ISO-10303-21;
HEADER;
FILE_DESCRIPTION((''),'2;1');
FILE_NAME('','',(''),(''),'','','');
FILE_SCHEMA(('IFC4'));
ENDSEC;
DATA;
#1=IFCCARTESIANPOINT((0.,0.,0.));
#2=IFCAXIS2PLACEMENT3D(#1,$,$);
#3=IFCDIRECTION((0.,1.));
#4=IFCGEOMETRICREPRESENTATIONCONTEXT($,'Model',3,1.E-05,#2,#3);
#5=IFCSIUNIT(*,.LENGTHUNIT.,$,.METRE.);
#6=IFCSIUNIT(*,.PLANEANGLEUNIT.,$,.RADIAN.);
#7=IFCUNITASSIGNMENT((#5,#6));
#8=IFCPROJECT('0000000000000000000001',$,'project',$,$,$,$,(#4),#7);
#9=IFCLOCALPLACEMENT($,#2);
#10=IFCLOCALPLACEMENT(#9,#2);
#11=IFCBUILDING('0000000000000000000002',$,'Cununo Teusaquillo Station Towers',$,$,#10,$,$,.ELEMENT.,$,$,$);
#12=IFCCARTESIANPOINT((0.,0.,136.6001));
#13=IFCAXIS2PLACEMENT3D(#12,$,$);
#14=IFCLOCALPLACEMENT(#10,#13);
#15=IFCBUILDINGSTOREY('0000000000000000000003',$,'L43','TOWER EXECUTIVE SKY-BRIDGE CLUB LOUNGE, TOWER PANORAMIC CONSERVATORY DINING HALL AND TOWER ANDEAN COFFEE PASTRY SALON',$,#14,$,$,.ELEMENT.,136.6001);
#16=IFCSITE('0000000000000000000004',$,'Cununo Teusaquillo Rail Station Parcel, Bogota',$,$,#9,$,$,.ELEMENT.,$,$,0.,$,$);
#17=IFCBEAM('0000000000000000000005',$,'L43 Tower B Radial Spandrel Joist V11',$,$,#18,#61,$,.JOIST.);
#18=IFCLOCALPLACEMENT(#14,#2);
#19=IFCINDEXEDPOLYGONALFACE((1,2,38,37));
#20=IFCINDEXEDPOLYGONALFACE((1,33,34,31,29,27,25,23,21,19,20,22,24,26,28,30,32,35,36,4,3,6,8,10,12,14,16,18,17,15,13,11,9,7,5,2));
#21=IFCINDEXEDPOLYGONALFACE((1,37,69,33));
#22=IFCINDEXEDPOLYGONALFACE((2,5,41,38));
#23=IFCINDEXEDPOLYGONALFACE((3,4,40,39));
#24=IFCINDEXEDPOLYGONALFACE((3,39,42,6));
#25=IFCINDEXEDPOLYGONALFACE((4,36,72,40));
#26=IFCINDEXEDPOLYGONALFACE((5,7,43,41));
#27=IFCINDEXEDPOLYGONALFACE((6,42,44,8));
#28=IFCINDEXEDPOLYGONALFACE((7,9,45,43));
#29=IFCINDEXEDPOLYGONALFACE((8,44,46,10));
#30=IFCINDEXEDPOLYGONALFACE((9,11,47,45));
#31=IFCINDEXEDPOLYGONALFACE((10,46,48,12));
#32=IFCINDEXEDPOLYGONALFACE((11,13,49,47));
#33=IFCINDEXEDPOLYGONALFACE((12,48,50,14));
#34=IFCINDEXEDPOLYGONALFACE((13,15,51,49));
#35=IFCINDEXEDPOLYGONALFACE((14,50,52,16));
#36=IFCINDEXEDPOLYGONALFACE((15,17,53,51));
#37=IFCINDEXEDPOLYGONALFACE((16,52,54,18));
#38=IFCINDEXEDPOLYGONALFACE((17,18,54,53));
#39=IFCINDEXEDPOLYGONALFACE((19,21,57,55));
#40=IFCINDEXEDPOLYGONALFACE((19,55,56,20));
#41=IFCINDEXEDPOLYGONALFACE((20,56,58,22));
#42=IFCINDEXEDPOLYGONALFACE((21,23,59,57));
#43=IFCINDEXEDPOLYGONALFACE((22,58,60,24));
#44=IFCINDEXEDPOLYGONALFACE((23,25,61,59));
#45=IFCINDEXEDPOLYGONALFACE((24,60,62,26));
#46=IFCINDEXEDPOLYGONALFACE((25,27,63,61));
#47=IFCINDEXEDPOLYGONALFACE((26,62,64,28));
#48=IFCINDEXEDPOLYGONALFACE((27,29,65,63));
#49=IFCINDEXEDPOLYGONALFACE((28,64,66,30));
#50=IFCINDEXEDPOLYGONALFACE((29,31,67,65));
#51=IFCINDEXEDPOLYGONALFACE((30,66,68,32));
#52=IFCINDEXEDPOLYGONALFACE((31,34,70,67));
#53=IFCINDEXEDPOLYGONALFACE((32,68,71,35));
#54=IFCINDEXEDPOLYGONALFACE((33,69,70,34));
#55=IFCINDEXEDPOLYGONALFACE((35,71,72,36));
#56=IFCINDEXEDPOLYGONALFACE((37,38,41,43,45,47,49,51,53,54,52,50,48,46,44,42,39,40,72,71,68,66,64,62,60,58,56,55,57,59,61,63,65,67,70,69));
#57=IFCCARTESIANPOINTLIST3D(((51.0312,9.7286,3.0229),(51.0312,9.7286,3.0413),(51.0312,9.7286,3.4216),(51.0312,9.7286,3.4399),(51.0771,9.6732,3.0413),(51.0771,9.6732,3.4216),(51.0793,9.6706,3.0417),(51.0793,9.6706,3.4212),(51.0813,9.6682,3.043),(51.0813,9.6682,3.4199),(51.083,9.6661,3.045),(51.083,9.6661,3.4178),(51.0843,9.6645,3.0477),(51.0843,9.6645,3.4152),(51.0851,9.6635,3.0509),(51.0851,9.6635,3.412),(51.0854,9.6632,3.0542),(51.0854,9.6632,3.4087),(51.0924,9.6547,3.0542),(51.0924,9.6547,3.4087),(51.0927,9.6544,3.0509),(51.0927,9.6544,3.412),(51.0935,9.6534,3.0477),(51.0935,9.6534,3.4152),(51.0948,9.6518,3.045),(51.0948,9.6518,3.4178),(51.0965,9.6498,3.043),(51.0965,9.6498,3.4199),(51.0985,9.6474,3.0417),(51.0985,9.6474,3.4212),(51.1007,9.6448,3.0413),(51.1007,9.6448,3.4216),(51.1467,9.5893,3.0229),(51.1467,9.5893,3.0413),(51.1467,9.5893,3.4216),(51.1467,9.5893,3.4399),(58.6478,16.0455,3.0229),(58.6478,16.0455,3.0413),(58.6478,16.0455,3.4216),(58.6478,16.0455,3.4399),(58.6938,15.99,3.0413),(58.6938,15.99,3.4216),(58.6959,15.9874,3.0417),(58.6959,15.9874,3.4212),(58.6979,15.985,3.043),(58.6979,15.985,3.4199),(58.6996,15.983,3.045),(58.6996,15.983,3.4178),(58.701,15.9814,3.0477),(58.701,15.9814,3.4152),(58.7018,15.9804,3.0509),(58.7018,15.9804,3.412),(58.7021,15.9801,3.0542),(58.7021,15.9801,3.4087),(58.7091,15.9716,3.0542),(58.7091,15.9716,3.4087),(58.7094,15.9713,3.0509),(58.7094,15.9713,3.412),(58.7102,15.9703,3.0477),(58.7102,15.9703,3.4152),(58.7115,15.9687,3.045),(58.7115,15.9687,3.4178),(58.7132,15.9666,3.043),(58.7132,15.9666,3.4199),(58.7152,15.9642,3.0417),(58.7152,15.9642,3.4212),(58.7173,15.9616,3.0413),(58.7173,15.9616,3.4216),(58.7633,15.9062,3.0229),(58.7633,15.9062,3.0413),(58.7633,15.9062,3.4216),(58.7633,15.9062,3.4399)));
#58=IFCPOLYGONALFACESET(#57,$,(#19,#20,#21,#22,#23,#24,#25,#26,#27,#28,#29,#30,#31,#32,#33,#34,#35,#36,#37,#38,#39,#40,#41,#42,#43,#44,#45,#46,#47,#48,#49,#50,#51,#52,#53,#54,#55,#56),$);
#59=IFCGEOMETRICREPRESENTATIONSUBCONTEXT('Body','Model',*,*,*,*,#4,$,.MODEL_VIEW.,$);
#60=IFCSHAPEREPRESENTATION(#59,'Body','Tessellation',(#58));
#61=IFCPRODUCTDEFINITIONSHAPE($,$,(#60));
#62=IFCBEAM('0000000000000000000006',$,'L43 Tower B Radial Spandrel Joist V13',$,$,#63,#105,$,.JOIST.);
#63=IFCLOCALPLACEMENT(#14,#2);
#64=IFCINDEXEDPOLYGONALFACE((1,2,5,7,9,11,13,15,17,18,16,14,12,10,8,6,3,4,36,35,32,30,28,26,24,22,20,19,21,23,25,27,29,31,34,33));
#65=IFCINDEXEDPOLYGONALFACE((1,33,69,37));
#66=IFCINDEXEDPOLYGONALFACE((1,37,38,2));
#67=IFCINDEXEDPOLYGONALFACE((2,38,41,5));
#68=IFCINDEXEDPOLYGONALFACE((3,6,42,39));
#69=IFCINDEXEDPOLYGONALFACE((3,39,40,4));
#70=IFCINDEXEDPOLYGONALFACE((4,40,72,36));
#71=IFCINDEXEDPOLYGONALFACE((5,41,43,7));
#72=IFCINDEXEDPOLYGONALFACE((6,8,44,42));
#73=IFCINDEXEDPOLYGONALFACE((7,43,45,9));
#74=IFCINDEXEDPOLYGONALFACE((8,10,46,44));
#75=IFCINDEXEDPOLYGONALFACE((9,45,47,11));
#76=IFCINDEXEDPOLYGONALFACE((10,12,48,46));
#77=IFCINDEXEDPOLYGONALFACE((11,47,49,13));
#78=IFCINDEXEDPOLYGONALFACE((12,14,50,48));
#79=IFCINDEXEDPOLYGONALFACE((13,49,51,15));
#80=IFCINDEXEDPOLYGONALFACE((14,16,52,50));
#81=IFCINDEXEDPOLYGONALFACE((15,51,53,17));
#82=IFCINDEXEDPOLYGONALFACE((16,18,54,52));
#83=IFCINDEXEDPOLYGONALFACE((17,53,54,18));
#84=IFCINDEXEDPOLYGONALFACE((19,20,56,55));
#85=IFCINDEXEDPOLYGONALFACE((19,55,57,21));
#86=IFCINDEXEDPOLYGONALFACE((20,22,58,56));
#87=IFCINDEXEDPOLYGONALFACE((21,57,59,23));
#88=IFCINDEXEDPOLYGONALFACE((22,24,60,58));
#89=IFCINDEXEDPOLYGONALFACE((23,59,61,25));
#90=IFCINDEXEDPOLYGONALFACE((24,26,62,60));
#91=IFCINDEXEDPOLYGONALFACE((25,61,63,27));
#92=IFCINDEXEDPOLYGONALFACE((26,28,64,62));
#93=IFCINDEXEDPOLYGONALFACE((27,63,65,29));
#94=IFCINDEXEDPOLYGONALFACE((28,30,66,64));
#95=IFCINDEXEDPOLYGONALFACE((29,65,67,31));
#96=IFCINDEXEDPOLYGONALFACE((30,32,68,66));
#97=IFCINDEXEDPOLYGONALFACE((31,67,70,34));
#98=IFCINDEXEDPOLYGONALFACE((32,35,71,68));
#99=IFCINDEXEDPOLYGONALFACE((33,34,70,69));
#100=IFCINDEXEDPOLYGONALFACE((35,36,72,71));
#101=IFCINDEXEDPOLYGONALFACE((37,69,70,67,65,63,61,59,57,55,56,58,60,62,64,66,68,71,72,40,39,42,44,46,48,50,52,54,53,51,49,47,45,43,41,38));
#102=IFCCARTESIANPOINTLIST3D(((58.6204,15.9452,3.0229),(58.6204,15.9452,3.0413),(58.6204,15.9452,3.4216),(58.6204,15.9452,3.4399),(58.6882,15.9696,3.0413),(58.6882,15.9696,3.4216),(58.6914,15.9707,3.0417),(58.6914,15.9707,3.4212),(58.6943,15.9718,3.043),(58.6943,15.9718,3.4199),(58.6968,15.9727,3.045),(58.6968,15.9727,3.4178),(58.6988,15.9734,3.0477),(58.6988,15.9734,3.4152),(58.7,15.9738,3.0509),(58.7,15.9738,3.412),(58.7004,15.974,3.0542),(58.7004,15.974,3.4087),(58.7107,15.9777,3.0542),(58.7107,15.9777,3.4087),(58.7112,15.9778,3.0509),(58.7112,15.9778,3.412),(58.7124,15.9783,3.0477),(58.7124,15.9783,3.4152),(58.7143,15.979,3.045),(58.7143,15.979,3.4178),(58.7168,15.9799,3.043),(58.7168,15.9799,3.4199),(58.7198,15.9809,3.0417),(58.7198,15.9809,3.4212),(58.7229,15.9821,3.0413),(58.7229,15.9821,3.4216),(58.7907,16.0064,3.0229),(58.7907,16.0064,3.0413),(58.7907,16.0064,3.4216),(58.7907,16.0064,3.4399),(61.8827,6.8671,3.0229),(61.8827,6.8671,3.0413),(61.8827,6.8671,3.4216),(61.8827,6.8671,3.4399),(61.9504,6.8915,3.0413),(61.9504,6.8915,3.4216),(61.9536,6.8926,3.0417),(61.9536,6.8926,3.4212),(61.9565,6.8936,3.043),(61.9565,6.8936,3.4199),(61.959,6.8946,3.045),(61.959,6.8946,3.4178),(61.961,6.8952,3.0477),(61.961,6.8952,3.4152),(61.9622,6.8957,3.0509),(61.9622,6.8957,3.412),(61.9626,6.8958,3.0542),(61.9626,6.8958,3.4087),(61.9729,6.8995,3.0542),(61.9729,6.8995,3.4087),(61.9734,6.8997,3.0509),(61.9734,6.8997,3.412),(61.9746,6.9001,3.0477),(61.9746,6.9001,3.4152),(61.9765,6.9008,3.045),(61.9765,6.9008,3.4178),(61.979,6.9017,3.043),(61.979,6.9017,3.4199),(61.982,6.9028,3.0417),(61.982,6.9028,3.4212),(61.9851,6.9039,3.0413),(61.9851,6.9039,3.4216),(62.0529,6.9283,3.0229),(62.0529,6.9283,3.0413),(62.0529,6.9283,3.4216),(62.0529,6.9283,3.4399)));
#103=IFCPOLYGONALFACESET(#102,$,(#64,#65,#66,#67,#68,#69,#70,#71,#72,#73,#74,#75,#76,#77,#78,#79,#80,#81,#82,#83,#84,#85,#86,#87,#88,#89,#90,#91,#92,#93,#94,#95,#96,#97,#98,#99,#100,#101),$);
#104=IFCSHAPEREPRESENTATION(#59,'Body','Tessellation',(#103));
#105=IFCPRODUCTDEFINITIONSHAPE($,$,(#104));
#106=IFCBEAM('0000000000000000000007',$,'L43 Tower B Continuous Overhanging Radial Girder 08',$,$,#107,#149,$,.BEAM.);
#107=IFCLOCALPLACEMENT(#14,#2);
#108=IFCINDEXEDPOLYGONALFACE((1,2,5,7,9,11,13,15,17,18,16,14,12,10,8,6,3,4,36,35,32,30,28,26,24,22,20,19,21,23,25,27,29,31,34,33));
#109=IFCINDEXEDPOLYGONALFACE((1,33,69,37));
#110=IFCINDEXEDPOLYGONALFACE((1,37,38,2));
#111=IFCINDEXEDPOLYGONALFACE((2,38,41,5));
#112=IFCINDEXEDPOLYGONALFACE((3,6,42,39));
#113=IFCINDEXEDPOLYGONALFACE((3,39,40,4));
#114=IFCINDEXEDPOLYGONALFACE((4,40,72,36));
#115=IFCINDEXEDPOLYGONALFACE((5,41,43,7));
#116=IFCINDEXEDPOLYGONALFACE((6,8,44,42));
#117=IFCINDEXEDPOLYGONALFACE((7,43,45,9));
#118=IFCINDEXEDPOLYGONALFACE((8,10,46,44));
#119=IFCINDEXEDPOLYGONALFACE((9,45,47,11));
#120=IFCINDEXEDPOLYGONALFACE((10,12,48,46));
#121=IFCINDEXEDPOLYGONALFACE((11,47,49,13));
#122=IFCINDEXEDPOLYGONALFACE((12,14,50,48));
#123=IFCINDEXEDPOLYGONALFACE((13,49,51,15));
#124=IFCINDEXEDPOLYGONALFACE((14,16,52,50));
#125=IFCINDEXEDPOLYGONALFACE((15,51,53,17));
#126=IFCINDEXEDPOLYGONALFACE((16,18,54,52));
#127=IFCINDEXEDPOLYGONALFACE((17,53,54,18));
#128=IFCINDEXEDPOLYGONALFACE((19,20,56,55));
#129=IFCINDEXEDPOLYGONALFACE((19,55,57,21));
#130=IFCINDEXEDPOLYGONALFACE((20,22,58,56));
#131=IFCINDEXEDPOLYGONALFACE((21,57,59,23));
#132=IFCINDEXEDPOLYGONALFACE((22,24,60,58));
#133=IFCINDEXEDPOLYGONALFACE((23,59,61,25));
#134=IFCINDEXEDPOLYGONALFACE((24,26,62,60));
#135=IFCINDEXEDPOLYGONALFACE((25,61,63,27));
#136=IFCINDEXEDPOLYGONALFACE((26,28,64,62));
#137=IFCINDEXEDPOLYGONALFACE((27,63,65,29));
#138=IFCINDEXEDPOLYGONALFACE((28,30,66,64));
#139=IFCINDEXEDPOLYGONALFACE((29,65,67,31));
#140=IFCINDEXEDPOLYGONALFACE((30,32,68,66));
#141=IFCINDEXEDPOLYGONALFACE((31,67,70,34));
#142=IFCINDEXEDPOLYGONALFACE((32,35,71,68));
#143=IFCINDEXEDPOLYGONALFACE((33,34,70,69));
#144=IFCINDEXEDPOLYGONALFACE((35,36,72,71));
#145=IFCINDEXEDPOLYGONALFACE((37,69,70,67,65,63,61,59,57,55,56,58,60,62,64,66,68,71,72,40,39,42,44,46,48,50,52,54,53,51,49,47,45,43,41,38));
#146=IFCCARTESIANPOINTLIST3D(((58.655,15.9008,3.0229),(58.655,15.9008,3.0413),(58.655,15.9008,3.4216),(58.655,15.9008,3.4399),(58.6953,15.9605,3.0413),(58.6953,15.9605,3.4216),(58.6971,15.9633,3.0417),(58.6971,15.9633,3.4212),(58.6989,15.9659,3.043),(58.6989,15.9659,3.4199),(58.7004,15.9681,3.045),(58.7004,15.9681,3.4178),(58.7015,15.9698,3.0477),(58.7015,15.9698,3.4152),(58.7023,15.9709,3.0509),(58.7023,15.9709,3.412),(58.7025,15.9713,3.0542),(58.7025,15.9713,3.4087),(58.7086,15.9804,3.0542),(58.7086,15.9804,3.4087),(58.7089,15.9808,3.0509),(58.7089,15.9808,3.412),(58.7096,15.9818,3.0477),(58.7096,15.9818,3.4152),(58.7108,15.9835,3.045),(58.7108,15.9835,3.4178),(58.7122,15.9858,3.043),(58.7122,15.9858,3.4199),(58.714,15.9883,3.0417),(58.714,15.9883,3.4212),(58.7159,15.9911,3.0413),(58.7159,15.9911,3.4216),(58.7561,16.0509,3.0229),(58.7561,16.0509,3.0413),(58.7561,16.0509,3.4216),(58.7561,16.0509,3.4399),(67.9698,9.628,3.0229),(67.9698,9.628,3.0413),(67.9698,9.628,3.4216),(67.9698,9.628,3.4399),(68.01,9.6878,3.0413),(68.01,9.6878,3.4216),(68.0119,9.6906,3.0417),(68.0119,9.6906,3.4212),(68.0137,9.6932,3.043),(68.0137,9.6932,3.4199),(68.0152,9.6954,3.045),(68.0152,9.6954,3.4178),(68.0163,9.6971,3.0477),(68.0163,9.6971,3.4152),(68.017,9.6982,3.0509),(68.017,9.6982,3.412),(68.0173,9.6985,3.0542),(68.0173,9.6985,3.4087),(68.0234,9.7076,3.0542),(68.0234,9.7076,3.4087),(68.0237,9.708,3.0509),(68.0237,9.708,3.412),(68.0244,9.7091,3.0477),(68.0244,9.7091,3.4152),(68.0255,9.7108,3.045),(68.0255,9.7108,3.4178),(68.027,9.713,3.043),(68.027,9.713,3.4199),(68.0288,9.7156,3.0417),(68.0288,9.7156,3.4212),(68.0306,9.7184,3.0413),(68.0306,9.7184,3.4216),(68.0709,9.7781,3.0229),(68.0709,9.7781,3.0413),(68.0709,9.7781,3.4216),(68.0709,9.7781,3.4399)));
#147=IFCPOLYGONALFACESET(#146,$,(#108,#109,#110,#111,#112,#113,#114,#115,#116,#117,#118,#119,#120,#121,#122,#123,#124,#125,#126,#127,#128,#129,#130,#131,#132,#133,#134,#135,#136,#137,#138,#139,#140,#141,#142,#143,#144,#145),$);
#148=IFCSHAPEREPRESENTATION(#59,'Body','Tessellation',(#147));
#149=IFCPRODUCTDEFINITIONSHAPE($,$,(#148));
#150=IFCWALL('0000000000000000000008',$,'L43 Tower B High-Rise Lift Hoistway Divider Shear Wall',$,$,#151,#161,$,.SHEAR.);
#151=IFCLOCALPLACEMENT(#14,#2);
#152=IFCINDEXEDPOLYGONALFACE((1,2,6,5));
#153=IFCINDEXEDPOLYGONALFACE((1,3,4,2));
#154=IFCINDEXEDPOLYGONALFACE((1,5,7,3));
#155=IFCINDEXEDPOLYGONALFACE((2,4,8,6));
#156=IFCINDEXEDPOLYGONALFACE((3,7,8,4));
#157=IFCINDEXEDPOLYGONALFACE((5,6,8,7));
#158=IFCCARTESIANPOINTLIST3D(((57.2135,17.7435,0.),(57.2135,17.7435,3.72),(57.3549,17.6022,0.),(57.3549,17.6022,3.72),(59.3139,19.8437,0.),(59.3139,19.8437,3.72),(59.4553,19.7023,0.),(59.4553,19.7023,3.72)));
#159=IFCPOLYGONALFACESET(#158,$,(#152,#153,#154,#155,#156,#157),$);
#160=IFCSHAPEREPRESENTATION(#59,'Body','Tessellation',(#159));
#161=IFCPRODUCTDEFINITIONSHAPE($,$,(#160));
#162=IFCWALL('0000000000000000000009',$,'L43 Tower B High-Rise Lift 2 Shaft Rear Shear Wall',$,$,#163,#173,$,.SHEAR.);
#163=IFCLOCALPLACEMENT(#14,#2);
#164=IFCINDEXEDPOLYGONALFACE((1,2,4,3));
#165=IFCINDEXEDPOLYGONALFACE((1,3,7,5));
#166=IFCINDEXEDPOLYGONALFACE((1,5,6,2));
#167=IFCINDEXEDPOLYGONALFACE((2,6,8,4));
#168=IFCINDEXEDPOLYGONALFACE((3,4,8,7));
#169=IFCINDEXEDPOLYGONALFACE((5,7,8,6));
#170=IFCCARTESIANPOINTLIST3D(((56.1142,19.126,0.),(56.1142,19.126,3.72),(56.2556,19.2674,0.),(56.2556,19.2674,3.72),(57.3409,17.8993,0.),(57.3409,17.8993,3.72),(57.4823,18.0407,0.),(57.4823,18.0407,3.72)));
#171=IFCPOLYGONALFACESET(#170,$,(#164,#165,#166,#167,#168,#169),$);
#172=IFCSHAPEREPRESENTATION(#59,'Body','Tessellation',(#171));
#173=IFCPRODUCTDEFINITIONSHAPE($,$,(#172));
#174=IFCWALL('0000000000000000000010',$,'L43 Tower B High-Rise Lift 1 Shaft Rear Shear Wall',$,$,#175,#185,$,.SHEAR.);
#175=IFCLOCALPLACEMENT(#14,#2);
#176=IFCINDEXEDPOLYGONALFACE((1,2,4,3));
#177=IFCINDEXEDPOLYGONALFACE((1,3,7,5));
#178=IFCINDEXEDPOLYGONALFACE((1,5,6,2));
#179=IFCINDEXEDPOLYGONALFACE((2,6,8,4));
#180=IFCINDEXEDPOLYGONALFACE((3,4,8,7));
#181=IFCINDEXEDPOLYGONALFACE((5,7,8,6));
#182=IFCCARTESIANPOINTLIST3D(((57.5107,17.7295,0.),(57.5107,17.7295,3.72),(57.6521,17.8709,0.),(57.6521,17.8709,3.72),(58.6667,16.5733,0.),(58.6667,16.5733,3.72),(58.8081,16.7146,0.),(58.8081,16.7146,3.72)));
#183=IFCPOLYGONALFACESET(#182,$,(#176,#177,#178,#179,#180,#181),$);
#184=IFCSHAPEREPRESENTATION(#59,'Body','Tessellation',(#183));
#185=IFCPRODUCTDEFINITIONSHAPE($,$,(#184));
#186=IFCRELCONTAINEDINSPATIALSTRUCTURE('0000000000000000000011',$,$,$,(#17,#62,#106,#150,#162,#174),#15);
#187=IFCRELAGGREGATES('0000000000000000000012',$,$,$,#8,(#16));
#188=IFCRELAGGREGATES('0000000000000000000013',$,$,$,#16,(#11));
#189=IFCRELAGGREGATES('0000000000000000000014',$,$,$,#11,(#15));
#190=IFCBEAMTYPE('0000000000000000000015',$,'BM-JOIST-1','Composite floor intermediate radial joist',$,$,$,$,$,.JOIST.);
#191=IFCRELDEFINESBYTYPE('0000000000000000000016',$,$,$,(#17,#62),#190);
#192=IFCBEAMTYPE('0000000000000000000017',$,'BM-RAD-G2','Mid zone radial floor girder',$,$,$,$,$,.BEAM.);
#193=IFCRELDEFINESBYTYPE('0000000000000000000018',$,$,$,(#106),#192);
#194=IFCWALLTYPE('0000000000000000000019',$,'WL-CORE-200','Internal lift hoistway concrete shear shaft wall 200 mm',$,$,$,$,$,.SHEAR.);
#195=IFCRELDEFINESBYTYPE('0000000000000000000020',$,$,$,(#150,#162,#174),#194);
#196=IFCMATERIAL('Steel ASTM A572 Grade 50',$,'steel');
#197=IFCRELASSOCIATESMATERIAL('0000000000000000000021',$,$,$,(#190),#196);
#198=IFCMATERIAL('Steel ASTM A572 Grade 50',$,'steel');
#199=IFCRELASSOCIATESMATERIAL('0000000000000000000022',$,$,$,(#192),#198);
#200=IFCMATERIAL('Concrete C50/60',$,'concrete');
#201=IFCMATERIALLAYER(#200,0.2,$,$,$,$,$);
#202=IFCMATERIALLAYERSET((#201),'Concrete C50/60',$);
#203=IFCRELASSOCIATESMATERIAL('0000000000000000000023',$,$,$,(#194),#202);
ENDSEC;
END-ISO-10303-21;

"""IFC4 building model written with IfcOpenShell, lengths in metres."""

from ifc_helpers import new_model, si_unit, direction, frame, frame_2d, origin, origin_2d, place, context, subcontext, project, spatial, rectangle, i_section, extrude, material, layer, layer_set, material_profile, profile_set, type_object, element, save


model = new_model("IFC4")

# Units and contexts
model_context = context("Model", 3, precision=1e-05, world=origin(), true_north=direction((0.0, 1.0)))
body_context = subcontext(model_context, "Body", "Model", "MODEL_VIEW")
ifc_project = project(units=[si_unit("LENGTHUNIT", "METRE"), si_unit("PLANEANGLEUNIT", "RADIAN")], contexts=[model_context])

# Site, building, storey
site_placement = place(None, origin())
site = spatial("IfcSite", under=ifc_project, at=site_placement, Name="Cununo Teusaquillo Rail Station Parcel, Bogota", CompositionType="ELEMENT", RefElevation=0.0)
building_placement = place(site_placement, origin())
building = spatial("IfcBuilding", under=site, at=building_placement, Name="Cununo Teusaquillo Station Towers", CompositionType="ELEMENT")
storey_placement = place(building_placement, frame((0.0, 0.0, 136.6001)))
storey = spatial("IfcBuildingStorey", under=building, at=storey_placement, Name="L43", Description="TOWER EXECUTIVE SKY-BRIDGE CLUB LOUNGE, TOWER PANORAMIC CONSERVATORY DINING HALL AND TOWER ANDEAN COFFEE PASTRY SALON", CompositionType="ELEMENT", Elevation=136.6001)

# Beams
ifc_material_1 = material(Name="Steel ASTM A572 Grade 50", Category="steel")
ifc_material_profile_1 = material_profile(ifc_material_1, i_section(OverallWidth=0.1809, OverallDepth=0.417, WebThickness=0.011, FlangeThickness=0.0183, FilletRadius=0.0129, at=origin_2d()), Name="W16X57")
ifc_profile_set_1 = profile_set([ifc_material_profile_1], Name="Steel ASTM A572 Grade 50")
beam_type_1 = type_object("IfcBeamType", Name="BM-JOIST-1", Description="Composite floor intermediate radial joist", PredefinedType="JOIST", material=ifc_profile_set_1)
beam_1_placement = place(storey_placement, frame((58.7056, 15.9758, 3.2314), z_axis=(-0.769728, -0.638372, 0.0), x_axis=(0.638372, -0.769728, 0.0)))
element("IfcBeam", 1, at=beam_1_placement, inside=storey, type_object=beam_type_1, Name="L43 Tower B Radial Spandrel Joist V11", PredefinedType="JOIST", context=body_context, shape_type="SweptSolid", body=[
    extrude(i_section(OverallWidth=0.1809, OverallDepth=0.417, WebThickness=0.011, FlangeThickness=0.0183, FilletRadius=0.0129, at=origin_2d()), origin(), (0.0, 0.0, 1.0), 9.8953),
])
beam_2_placement = place(storey_placement, frame((58.7056, 15.9758, 3.2314), z_axis=(0.338176, -0.941083, 0.0), x_axis=(0.941083, 0.338176, 0.0)))
element("IfcBeam", 2, at=beam_2_placement, inside=storey, type_object=beam_type_1, Name="L43 Tower B Radial Spandrel Joist V13", PredefinedType="JOIST", context=body_context, shape_type="SweptSolid", body=[
    extrude(i_section(OverallWidth=0.1809, OverallDepth=0.417, WebThickness=0.011, FlangeThickness=0.0183, FilletRadius=0.0129, at=origin_2d()), origin(), (0.0, 0.0, 1.0), 9.6465),
])
ifc_material_2 = material(Name="Steel ASTM A572 Grade 50", Category="steel")
ifc_material_profile_2 = material_profile(ifc_material_2, i_section(OverallWidth=0.1809, OverallDepth=0.417, WebThickness=0.011, FlangeThickness=0.0183, FilletRadius=0.0129, at=origin_2d()), Name="W16X57")
ifc_profile_set_2 = profile_set([ifc_material_profile_2], Name="Steel ASTM A572 Grade 50")
beam_type_2 = type_object("IfcBeamType", Name="BM-RAD-G2", Description="Mid zone radial floor girder", PredefinedType="BEAM", material=ifc_profile_set_2)
beam_3_placement = place(storey_placement, frame((58.7056, 15.9758, 3.2314), z_axis=(0.829456, -0.558572, 0.0), x_axis=(0.558572, 0.829456, 0.0)))
element("IfcBeam", 3, at=beam_3_placement, inside=storey, type_object=beam_type_2, Name="L43 Tower B Continuous Overhanging Radial Girder 08", PredefinedType="BEAM", context=body_context, shape_type="SweptSolid", body=[
    extrude(i_section(OverallWidth=0.1809, OverallDepth=0.417, WebThickness=0.011, FlangeThickness=0.0183, FilletRadius=0.0129, at=origin_2d()), origin(), (0.0, 0.0, 1.0), 11.23),
])

# Walls
ifc_material_3 = material(Name="Concrete C50/60", Category="concrete")
ifc_layer_1 = layer(ifc_material_3, 0.2)
ifc_layer_set_1 = layer_set([ifc_layer_1], Name="Concrete C50/60")
wall_type_1 = type_object("IfcWallType", Name="WL-CORE-200", Description="Internal lift hoistway concrete shear shaft wall 200 mm", PredefinedType="SHEAR", material=ifc_layer_set_1)
wall_1_placement = place(storey_placement, frame((57.2842, 17.6729, 0.0), z_axis=(0.0, 0.0, 1.0), x_axis=(0.707148, 0.707066, 0.0)))
element("IfcWall", 4, at=wall_1_placement, inside=storey, type_object=wall_type_1, Name="L43 Tower B High-Rise Lift Hoistway Divider Shear Wall", PredefinedType="SHEAR", context=body_context, shape_type="SweptSolid", body=[
    extrude(rectangle(XDim=2.9702, YDim=0.2, at=frame_2d((1.4851, 0.0))), origin(), (0.0, 0.0, 1.0), 3.72),
])
wall_2_placement = place(storey_placement, frame((57.4116, 17.97, 0.0), z_axis=(0.0, 0.0, 1.0), x_axis=(-0.707107, 0.707107, 0.0)))
element("IfcWall", 5, at=wall_2_placement, inside=storey, type_object=wall_type_1, Name="L43 Tower B High-Rise Lift 2 Shaft Rear Shear Wall", PredefinedType="SHEAR", context=body_context, shape_type="SweptSolid", body=[
    extrude(rectangle(XDim=1.7349, YDim=0.2, at=frame_2d((0.8674, 0.0))), origin(), (0.0, 0.0, 1.0), 3.72),
])
wall_3_placement = place(storey_placement, frame((58.7373, 16.644, 0.0), z_axis=(0.0, 0.0, 1.0), x_axis=(-0.707032, 0.707181, 0.0)))
element("IfcWall", 6, at=wall_3_placement, inside=storey, type_object=wall_type_1, Name="L43 Tower B High-Rise Lift 1 Shaft Rear Shear Wall", PredefinedType="SHEAR", context=body_context, shape_type="SweptSolid", body=[
    extrude(rectangle(XDim=1.635, YDim=0.2, at=frame_2d((0.8174, 0.0))), origin(), (0.0, 0.0, 1.0), 3.72),
])

save(model, "model.ifc")
